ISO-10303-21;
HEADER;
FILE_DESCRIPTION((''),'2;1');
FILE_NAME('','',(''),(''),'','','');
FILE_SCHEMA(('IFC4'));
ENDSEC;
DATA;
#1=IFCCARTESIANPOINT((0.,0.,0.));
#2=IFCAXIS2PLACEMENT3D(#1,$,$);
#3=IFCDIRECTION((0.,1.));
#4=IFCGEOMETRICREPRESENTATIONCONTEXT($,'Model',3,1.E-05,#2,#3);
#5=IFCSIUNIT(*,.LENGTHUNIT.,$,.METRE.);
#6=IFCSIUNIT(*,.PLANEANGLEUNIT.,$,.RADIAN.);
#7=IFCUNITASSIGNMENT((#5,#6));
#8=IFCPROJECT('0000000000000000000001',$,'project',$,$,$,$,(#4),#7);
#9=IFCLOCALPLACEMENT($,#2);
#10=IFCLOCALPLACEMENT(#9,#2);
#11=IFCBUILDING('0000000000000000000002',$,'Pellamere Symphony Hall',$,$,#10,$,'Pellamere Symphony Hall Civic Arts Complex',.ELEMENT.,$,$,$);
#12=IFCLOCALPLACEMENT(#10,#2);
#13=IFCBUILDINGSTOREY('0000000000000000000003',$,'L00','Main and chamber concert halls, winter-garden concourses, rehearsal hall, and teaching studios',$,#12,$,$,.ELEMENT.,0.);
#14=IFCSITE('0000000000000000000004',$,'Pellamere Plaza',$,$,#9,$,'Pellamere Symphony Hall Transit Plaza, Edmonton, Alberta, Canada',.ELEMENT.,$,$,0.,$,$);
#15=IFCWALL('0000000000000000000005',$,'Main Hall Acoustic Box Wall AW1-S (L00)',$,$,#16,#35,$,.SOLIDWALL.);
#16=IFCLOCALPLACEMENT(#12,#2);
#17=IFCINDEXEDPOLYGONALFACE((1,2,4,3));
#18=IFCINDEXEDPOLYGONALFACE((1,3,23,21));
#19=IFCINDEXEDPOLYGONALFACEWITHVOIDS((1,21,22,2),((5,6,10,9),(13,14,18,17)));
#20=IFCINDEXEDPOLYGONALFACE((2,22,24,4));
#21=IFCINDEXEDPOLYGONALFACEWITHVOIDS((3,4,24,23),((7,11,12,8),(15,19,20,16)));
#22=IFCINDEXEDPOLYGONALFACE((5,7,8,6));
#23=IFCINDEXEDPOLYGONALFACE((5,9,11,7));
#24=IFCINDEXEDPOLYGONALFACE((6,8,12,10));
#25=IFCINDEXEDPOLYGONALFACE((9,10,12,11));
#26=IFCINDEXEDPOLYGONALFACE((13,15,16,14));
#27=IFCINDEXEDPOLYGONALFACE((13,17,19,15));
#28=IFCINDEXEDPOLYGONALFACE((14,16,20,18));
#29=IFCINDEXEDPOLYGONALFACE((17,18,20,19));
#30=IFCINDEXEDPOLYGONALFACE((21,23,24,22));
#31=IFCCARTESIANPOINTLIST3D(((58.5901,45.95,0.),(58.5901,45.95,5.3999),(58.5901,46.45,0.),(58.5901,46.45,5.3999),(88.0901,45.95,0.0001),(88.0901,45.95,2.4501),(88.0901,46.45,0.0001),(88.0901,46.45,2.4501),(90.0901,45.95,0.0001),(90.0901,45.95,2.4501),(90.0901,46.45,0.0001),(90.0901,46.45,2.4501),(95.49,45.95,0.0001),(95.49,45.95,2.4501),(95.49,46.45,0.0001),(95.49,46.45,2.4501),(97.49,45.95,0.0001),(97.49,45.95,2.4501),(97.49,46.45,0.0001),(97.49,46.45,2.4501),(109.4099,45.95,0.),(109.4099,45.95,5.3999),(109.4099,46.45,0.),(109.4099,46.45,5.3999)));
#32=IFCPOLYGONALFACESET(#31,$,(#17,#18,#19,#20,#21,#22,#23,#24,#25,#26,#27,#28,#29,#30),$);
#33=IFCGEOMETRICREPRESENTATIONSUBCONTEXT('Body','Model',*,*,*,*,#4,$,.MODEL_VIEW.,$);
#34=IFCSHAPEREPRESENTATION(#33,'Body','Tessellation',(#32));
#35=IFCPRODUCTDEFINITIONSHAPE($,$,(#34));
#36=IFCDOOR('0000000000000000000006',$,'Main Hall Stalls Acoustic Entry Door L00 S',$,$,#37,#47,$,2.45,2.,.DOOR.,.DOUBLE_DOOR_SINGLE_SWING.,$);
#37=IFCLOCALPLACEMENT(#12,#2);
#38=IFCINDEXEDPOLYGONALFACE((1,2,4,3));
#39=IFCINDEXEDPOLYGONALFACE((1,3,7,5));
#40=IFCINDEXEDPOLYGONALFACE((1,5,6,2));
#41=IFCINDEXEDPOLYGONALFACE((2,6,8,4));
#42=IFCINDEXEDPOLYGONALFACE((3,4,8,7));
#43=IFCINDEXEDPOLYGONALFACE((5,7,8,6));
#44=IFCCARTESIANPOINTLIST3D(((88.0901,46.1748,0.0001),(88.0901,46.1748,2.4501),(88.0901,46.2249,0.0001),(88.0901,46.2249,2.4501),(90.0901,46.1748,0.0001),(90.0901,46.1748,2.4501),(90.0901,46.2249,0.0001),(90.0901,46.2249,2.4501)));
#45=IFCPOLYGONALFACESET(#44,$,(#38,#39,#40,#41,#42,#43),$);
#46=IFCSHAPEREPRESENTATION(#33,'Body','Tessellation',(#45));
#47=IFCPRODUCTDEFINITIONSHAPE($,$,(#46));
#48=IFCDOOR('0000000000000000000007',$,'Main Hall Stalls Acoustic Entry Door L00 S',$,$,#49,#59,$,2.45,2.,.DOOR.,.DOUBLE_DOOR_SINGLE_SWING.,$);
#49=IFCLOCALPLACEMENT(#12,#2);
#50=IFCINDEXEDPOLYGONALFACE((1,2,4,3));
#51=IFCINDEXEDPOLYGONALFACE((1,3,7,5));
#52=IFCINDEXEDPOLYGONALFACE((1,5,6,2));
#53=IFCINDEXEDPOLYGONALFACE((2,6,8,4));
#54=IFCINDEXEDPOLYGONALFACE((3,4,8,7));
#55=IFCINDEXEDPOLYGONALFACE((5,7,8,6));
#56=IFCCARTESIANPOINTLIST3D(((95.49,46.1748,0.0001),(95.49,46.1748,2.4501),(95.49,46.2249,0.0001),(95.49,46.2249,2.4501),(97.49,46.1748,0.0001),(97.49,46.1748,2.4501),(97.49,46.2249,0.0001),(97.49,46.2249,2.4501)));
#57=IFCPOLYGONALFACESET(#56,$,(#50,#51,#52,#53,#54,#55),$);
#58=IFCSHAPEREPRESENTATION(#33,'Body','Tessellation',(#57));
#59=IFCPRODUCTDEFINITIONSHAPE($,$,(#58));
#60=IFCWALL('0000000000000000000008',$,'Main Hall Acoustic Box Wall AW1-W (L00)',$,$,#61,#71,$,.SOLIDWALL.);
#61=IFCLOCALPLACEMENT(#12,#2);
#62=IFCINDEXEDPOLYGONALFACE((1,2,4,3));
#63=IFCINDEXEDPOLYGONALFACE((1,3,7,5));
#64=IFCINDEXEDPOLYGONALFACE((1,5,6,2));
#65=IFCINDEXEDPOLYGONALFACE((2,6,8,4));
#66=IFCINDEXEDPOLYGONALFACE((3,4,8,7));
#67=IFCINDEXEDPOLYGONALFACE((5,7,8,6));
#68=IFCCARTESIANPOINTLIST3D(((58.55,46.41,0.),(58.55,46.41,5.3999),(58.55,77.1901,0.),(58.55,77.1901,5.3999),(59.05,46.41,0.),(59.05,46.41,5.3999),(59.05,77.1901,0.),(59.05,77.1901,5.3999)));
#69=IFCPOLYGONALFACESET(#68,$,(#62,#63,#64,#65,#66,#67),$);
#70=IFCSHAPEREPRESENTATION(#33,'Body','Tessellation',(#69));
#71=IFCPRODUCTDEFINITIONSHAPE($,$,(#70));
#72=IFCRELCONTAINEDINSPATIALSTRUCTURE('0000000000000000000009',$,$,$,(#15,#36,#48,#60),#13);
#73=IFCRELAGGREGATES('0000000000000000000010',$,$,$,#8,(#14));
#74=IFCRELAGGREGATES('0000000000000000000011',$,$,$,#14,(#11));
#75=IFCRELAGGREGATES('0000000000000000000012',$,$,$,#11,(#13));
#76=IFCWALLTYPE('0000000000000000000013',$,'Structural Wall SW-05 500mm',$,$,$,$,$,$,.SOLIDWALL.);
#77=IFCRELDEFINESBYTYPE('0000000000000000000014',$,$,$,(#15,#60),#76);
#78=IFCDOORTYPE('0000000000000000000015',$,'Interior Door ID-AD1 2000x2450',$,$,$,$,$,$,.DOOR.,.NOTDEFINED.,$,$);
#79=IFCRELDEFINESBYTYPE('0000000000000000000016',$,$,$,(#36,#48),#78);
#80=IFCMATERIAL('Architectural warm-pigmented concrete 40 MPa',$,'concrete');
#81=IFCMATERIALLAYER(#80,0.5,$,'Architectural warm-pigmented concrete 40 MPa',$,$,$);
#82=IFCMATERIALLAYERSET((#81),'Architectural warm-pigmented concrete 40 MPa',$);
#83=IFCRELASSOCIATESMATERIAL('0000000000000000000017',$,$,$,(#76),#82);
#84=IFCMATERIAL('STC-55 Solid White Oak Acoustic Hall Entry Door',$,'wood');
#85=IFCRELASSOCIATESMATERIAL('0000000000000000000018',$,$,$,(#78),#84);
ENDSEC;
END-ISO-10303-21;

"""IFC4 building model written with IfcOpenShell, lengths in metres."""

from ifc_helpers import new_model, si_unit, direction, frame, frame_2d, origin, place, context, subcontext, project, spatial, rectangle, extrude, material, layer, layer_set, type_object, element, fill, save


model = new_model("IFC4")

# Units and contexts
model_context = context("Model", 3, precision=1e-05, world=origin(), true_north=direction((0.0, 1.0)))
body_context = subcontext(model_context, "Body", "Model", "MODEL_VIEW")
ifc_project = project(units=[si_unit("LENGTHUNIT", "METRE"), si_unit("PLANEANGLEUNIT", "RADIAN")], contexts=[model_context])

# Site, building, storey
site_placement = place(None, origin())
site = spatial("IfcSite", under=ifc_project, at=site_placement, Name="Pellamere Plaza", LongName="Pellamere Symphony Hall Transit Plaza, Edmonton, Alberta, Canada", CompositionType="ELEMENT", RefElevation=0.0)
building_placement = place(site_placement, origin())
building = spatial("IfcBuilding", under=site, at=building_placement, Name="Pellamere Symphony Hall", LongName="Pellamere Symphony Hall Civic Arts Complex", CompositionType="ELEMENT")
storey_placement = place(building_placement, origin())
storey = spatial("IfcBuildingStorey", under=building, at=storey_placement, Name="L00", Description="Main and chamber concert halls, winter-garden concourses, rehearsal hall, and teaching studios", CompositionType="ELEMENT", Elevation=0.0)

# Wall, openings, doors
ifc_material_1 = material(Name="Architectural warm-pigmented concrete 40 MPa", Category="concrete")
ifc_layer_1 = layer(ifc_material_1, 0.5, Name="Architectural warm-pigmented concrete 40 MPa")
ifc_layer_set_1 = layer_set([ifc_layer_1], Name="Architectural warm-pigmented concrete 40 MPa")
wall_type_1 = type_object("IfcWallType", Name="Structural Wall SW-05 500mm", PredefinedType="SOLIDWALL", material=ifc_layer_set_1)
wall_1_placement = place(storey_placement, frame((58.5901, 46.2, 0.0), z_axis=(0.0, 0.0, 1.0), x_axis=(1.0, 0.0, 0.0)))
wall_1 = element("IfcWall", 1, at=wall_1_placement, inside=storey, type_object=wall_type_1, Name="Main Hall Acoustic Box Wall AW1-S (L00)", PredefinedType="SOLIDWALL", context=body_context, shape_type="SweptSolid", body=[
    extrude(rectangle(XDim=50.8198, YDim=0.5, at=frame_2d((25.4099, 0.0))), origin(), (0.0, 0.0, 1.0), 5.3999),
])
opening_1_placement = place(wall_1_placement, frame((29.5, 0.0, 0.0)))
opening_1 = element("IfcOpeningElement", 2, at=opening_1_placement, cuts=wall_1, PredefinedType="OPENING", context=body_context, shape_type="SweptSolid", body=[
    extrude(rectangle(XDim=2.0, YDim=2.45, at=frame_2d((1.0, 1.2251))), frame((0.0, 0.26, 0.0), z_axis=(0.0, -1.0, 0.0), x_axis=(1.0, 0.0, 0.0)), (0.0, 0.0, 1.0), 0.52),
])
opening_2_placement = place(wall_1_placement, frame((36.8999, 0.0, 0.0)))
opening_2 = element("IfcOpeningElement", 3, at=opening_2_placement, cuts=wall_1, PredefinedType="OPENING", context=body_context, shape_type="SweptSolid", body=[
    extrude(rectangle(XDim=2.0, YDim=2.45, at=frame_2d((1.0, 1.2251))), frame((0.0, 0.26, 0.0), z_axis=(0.0, -1.0, 0.0), x_axis=(1.0, 0.0, 0.0)), (0.0, 0.0, 1.0), 0.52),
])
ifc_material_2 = material(Name="STC-55 Solid White Oak Acoustic Hall Entry Door", Category="wood")
door_type = type_object("IfcDoorType", Name="Interior Door ID-AD1 2000x2450", OperationType="NOTDEFINED", PredefinedType="DOOR", material=ifc_material_2)
door_1_placement = place(opening_1_placement, origin())
door_1 = element("IfcDoor", 4, at=door_1_placement, inside=storey, type_object=door_type, Name="Main Hall Stalls Acoustic Entry Door L00 S", OperationType="DOUBLE_DOOR_SINGLE_SWING", OverallHeight=2.45, OverallWidth=2.0, PredefinedType="DOOR", context=body_context, shape_type="SweptSolid", body=[
    extrude(rectangle(XDim=2.0, YDim=2.45, at=frame_2d((1.0, 1.2251))), frame((0.0, 0.0249, 0.0), z_axis=(0.0, -1.0, 0.0), x_axis=(1.0, 0.0, 0.0)), (0.0, 0.0, 1.0), 0.05),
])
fill(opening_1, door_1)
door_2_placement = place(opening_2_placement, origin())
door_2 = element("IfcDoor", 5, at=door_2_placement, inside=storey, type_object=door_type, Name="Main Hall Stalls Acoustic Entry Door L00 S", OperationType="DOUBLE_DOOR_SINGLE_SWING", OverallHeight=2.45, OverallWidth=2.0, PredefinedType="DOOR", context=body_context, shape_type="SweptSolid", body=[
    extrude(rectangle(XDim=2.0, YDim=2.45, at=frame_2d((1.0, 1.2251))), frame((0.0, 0.0249, 0.0), z_axis=(0.0, -1.0, 0.0), x_axis=(1.0, 0.0, 0.0)), (0.0, 0.0, 1.0), 0.05),
])
fill(opening_2, door_2)

# Wall
wall_2_placement = place(storey_placement, frame((58.8, 46.4099, 0.0), z_axis=(0.0, 0.0, 1.0), x_axis=(0.0, 1.0, 0.0)))
element("IfcWall", 6, at=wall_2_placement, inside=storey, type_object=wall_type_1, Name="Main Hall Acoustic Box Wall AW1-W (L00)", PredefinedType="SOLIDWALL", context=body_context, shape_type="SweptSolid", body=[
    extrude(rectangle(XDim=30.78, YDim=0.5, at=frame_2d((15.3901, 0.0))), origin(), (0.0, 0.0, 1.0), 5.3999),
])

save(model, "model.ifc")
